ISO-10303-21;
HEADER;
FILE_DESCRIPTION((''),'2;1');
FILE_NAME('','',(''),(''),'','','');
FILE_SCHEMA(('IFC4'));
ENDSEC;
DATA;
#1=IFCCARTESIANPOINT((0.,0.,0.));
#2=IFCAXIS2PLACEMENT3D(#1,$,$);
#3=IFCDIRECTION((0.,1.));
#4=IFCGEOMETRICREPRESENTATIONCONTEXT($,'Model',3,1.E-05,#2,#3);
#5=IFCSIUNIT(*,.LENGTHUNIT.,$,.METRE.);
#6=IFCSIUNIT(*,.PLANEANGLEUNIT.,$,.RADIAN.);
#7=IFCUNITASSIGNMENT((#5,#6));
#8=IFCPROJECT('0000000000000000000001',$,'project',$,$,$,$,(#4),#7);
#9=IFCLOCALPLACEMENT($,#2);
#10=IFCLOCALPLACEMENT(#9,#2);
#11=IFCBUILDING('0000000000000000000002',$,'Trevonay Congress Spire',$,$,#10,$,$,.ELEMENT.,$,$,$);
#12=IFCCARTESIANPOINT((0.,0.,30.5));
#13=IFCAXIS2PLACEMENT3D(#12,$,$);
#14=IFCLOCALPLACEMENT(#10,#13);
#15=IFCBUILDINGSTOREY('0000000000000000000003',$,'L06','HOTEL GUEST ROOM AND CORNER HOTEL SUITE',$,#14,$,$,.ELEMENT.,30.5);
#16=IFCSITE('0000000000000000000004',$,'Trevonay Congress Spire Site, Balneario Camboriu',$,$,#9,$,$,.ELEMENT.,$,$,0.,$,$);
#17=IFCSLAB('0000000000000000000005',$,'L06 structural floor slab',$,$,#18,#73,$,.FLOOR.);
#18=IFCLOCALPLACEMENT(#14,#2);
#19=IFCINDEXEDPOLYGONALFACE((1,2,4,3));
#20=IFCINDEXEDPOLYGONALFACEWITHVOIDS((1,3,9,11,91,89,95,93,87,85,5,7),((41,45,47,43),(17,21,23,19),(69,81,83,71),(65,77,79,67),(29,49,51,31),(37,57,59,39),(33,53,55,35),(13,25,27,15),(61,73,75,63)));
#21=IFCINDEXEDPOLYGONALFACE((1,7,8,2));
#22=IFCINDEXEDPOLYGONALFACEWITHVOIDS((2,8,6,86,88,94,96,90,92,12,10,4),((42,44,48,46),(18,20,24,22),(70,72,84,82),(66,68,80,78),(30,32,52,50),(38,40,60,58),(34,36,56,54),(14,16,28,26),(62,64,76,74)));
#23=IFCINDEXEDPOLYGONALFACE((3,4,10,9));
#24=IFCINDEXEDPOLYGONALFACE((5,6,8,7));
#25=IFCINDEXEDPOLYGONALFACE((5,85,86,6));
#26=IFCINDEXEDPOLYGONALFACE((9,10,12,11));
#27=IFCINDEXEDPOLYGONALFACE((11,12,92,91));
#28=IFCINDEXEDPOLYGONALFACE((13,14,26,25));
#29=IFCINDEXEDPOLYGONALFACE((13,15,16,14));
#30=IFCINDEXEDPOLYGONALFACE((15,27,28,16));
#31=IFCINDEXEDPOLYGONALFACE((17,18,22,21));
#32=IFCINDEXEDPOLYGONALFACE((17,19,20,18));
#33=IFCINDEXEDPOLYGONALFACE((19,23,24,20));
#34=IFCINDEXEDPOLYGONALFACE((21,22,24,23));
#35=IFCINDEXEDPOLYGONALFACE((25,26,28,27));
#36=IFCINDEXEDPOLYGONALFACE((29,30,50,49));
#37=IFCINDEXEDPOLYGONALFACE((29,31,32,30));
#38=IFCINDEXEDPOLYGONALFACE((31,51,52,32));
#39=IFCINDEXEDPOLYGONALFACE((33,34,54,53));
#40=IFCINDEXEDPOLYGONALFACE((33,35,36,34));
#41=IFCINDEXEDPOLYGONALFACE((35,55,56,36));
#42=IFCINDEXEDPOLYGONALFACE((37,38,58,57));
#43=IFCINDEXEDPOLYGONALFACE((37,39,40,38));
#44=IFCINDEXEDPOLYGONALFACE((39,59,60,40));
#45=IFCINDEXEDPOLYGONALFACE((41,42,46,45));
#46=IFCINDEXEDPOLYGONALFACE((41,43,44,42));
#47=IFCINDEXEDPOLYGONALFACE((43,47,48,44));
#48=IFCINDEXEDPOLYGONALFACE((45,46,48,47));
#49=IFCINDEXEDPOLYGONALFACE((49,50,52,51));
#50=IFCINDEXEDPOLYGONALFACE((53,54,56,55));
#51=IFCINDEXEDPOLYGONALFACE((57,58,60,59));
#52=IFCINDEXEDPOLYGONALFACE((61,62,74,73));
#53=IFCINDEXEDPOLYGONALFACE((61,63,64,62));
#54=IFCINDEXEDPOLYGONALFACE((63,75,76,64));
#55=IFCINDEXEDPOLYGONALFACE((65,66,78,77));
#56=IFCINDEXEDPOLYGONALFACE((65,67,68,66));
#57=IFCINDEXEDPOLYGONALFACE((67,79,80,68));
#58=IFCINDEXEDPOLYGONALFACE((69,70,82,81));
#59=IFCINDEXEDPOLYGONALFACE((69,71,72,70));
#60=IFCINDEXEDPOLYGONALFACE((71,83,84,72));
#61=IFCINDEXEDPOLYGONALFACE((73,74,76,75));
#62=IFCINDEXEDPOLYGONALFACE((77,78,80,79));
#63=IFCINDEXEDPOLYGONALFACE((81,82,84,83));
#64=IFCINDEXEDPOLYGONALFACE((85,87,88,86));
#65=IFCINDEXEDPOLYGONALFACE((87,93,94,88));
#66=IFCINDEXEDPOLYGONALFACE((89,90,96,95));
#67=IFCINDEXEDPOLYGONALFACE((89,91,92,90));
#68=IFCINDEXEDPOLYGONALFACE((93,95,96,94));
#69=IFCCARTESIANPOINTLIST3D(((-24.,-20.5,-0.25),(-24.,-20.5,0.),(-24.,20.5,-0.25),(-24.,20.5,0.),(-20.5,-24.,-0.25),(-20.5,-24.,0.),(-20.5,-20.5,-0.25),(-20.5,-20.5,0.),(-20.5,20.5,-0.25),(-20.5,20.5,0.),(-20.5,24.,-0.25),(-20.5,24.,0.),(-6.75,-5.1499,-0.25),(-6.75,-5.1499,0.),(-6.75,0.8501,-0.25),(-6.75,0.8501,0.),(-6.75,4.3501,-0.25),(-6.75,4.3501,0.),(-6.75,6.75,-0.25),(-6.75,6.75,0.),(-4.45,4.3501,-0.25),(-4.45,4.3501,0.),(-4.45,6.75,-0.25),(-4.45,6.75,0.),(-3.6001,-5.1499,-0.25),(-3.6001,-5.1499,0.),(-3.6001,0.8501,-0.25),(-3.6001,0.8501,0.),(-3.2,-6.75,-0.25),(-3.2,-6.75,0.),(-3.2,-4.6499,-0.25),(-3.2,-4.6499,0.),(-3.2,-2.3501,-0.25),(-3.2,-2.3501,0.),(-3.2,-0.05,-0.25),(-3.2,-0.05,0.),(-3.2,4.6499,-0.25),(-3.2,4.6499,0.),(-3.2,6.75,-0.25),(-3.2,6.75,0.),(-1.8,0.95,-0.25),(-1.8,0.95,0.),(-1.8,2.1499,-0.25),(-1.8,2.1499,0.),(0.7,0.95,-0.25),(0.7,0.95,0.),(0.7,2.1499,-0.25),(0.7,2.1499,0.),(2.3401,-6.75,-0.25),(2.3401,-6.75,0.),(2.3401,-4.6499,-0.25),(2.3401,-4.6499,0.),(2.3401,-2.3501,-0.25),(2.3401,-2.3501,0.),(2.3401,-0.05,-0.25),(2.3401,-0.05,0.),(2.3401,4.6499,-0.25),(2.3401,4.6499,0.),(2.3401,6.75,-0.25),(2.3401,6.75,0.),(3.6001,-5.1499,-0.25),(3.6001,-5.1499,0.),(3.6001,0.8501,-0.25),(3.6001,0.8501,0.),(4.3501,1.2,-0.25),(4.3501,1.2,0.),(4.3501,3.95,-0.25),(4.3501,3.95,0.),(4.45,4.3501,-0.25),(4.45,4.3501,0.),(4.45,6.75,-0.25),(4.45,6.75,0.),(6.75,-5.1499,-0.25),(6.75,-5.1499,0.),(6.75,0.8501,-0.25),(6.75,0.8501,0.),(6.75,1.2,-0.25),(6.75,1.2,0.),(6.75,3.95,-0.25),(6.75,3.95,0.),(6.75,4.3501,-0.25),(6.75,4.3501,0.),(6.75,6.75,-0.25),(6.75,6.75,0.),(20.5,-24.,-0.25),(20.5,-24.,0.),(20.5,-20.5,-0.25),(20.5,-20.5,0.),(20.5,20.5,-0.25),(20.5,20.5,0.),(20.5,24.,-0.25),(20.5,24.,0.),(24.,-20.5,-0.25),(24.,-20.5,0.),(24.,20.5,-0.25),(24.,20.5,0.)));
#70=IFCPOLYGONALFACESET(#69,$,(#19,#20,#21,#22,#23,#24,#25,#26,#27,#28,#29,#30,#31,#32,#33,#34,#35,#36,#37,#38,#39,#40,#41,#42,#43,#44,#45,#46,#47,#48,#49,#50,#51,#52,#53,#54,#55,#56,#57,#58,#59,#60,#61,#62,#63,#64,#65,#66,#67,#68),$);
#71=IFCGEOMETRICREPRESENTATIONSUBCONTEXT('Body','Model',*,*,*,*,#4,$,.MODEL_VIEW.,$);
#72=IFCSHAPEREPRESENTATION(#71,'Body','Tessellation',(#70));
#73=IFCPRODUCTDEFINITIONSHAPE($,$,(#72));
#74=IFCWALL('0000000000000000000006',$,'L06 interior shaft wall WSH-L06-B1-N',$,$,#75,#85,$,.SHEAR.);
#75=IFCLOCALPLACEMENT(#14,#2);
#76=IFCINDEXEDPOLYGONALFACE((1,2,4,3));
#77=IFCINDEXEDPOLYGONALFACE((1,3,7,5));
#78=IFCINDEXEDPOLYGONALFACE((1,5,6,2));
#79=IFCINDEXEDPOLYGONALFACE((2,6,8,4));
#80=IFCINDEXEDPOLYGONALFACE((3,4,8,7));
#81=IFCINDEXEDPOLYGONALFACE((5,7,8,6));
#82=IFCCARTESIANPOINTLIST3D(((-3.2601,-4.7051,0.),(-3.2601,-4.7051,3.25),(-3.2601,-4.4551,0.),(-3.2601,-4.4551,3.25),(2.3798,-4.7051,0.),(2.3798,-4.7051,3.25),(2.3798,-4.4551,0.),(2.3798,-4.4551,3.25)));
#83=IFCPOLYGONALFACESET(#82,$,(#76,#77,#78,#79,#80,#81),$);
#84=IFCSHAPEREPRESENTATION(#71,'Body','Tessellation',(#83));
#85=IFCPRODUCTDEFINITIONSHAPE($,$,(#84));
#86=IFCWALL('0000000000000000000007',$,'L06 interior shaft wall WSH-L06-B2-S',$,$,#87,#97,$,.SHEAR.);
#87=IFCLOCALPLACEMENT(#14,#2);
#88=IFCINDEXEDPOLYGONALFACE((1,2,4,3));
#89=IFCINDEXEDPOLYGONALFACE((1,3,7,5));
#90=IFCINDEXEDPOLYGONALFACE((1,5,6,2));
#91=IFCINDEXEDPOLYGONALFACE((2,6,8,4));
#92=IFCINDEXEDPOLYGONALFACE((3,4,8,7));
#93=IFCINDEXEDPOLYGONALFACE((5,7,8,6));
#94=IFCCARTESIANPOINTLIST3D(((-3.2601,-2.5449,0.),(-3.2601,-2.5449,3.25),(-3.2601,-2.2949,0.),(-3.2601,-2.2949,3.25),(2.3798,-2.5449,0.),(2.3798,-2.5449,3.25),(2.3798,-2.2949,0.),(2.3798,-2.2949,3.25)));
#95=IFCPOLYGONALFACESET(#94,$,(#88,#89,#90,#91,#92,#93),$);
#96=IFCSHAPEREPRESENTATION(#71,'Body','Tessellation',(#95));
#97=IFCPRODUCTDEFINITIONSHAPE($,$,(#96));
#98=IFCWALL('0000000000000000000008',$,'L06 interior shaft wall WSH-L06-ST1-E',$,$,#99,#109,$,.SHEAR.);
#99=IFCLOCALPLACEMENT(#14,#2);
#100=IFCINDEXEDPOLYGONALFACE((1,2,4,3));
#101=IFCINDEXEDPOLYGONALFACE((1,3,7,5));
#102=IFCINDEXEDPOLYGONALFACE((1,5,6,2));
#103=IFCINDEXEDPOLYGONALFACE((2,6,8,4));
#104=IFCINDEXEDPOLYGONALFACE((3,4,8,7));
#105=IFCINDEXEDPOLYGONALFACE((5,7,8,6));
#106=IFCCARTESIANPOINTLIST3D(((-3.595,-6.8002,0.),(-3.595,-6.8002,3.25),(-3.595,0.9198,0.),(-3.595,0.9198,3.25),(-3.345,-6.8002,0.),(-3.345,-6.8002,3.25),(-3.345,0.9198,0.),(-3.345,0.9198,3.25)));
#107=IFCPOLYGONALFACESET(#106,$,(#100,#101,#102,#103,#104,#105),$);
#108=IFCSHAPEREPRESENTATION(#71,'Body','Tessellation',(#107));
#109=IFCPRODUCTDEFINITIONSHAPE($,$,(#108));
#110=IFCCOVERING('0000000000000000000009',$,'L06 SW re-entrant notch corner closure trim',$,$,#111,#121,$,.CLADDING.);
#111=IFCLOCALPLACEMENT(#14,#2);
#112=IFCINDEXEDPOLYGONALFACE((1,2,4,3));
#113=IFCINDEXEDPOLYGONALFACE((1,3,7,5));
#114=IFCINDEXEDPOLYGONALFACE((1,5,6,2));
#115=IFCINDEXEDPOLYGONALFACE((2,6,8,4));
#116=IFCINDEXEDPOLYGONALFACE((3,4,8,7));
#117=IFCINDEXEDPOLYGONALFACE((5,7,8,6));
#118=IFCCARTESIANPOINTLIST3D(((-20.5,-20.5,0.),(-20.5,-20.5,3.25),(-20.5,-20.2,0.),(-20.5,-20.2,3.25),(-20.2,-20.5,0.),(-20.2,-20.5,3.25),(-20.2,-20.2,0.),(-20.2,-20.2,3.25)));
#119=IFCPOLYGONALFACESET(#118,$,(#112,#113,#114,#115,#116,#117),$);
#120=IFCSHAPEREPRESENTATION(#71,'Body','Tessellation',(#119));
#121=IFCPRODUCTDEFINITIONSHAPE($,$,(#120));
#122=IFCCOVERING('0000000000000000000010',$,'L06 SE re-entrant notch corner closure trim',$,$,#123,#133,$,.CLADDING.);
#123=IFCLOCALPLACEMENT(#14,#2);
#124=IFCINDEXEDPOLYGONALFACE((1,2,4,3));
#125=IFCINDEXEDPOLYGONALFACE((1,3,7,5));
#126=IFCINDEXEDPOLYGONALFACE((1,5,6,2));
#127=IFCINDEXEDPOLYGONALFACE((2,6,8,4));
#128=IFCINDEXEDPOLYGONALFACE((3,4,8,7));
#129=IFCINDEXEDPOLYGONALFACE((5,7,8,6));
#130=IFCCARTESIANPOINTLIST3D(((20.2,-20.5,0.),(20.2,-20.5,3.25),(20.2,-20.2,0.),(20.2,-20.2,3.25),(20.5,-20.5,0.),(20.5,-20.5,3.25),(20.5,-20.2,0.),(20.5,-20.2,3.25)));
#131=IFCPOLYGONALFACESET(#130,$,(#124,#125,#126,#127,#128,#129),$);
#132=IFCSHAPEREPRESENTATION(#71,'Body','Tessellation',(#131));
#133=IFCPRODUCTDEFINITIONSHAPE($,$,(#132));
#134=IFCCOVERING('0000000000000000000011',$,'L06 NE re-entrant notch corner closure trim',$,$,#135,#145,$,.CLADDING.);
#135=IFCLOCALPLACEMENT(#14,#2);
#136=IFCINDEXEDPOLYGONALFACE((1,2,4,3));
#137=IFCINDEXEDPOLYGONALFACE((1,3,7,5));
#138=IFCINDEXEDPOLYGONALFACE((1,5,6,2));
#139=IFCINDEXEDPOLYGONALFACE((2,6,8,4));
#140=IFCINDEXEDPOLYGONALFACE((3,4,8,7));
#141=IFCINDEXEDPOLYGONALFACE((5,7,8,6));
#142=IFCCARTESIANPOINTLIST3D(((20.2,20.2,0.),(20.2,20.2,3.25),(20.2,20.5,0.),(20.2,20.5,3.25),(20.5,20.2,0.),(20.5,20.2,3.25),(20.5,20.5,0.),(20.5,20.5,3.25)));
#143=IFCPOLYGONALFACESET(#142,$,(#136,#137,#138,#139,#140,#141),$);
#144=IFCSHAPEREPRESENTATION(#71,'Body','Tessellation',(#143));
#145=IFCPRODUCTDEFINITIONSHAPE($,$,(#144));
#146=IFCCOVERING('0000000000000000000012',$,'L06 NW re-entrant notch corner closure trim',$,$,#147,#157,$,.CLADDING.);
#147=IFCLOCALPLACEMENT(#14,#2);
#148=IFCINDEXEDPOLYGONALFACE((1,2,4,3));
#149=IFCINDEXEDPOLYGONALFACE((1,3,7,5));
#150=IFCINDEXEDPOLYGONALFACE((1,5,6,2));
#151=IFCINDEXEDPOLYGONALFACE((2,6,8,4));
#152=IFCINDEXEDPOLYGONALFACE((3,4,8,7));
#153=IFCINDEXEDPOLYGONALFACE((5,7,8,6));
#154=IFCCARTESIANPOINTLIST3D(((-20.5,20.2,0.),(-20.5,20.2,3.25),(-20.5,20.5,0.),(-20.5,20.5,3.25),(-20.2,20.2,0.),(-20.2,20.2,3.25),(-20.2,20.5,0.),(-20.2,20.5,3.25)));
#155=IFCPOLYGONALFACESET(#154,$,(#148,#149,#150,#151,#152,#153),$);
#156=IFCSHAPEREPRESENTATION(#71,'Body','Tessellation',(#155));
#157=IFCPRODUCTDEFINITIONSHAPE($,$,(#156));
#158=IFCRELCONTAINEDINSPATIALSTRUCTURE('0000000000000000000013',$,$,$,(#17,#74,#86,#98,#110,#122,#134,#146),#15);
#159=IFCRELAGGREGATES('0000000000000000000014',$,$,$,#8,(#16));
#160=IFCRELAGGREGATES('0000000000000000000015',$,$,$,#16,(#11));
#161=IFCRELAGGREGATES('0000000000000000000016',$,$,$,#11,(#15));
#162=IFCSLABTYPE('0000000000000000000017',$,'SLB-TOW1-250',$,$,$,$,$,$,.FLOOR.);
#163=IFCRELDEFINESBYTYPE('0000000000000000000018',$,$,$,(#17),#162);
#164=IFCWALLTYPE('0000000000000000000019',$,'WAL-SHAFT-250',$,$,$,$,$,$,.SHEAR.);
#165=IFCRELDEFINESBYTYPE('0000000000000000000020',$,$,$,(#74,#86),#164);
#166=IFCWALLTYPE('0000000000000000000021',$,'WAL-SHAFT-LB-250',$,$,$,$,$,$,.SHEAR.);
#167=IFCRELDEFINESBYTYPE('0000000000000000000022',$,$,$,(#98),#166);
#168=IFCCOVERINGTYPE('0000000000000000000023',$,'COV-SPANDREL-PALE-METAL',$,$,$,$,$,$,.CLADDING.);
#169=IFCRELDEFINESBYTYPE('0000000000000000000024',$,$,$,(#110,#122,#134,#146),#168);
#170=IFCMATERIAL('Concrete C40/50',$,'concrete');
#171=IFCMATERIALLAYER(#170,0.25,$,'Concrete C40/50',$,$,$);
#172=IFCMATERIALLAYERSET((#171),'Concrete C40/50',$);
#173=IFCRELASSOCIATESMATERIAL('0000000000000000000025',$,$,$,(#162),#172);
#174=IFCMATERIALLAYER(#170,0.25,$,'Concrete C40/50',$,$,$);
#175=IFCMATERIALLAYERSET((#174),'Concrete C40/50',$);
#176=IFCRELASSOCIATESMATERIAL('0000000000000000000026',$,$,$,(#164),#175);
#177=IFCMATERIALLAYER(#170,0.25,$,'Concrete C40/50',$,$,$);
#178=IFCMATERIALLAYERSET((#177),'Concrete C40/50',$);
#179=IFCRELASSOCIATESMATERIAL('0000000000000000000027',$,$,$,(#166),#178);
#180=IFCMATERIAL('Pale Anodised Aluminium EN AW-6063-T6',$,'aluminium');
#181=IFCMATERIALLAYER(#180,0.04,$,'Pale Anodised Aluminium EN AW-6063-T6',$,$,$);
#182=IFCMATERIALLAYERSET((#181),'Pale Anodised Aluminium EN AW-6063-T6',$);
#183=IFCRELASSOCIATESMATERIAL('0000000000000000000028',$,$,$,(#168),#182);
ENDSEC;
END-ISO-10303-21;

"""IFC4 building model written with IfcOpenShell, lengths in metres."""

from ifc_helpers import new_model, si_unit, direction, frame, frame_2d, origin, place, context, subcontext, project, spatial, polyline, rectangle, outline, extrude, material, layer, layer_set, type_object, element, save


model = new_model("IFC4")

# Units and contexts
model_context = context("Model", 3, precision=1e-05, world=origin(), true_north=direction((0.0, 1.0)))
body_context = subcontext(model_context, "Body", "Model", "MODEL_VIEW")
ifc_project = project(units=[si_unit("LENGTHUNIT", "METRE"), si_unit("PLANEANGLEUNIT", "RADIAN")], contexts=[model_context])

# Site, building, storey
site_placement = place(None, origin())
site = spatial("IfcSite", under=ifc_project, at=site_placement, Name="Trevonay Congress Spire Site, Balneario Camboriu", CompositionType="ELEMENT", RefElevation=0.0)
building_placement = place(site_placement, origin())
building = spatial("IfcBuilding", under=site, at=building_placement, Name="Trevonay Congress Spire", CompositionType="ELEMENT")
storey_placement = place(building_placement, frame((0.0, 0.0, 30.5)))
storey = spatial("IfcBuildingStorey", under=building, at=storey_placement, Name="L06", Description="HOTEL GUEST ROOM AND CORNER HOTEL SUITE", CompositionType="ELEMENT", Elevation=30.5)

# Shared definitions
ifc_material_1 = material(Name="Concrete C40/50", Category="concrete")

# Slab
ifc_layer_1 = layer(ifc_material_1, 0.25, Name="Concrete C40/50")
ifc_layer_set_1 = layer_set([ifc_layer_1], Name="Concrete C40/50")
slab_type_1 = type_object("IfcSlabType", Name="SLB-TOW1-250", PredefinedType="FLOOR", material=ifc_layer_set_1)
slab_1_placement = place(storey_placement, frame((0.0, 0.0, -0.25)))
element("IfcSlab", 1, at=slab_1_placement, inside=storey, type_object=slab_type_1, Name="L06 structural floor slab", PredefinedType="FLOOR", context=body_context, shape_type="SweptSolid", body=[
    extrude(outline(polyline([(-20.5, -24.0), (20.5, -24.0), (20.5, -20.5), (24.0, -20.5), (24.0, 20.5), (20.5, 20.5), (20.5, 24.0), (-20.5, 24.0), (-20.5, 20.5), (-24.0, 20.5), (-24.0, -20.5), (-20.5, -20.5), (-20.5, -24.0)]), holes=[polyline([(-3.6001, -5.1499), (-3.6001, 0.8501), (-6.75, 0.8501), (-6.75, -5.1499), (-3.6001, -5.1499)]), polyline([(6.75, -5.1499), (6.75, 0.8501), (3.6001, 0.8501), (3.6001, -5.1499), (6.75, -5.1499)]), polyline([(-3.2, -6.75), (2.3401, -6.75), (2.3401, -4.6499), (-3.2, -4.6499), (-3.2, -6.75)]), polyline([(-3.2, -2.3501), (2.3401, -2.3501), (2.3401, -0.05), (-3.2, -0.05), (-3.2, -2.3501)]), polyline([(-3.2, 4.6499), (2.3401, 4.6499), (2.3401, 6.75), (-3.2, 6.75), (-3.2, 4.6499)]), polyline([(-6.75, 4.3501), (-4.45, 4.3501), (-4.45, 6.75), (-6.75, 6.75), (-6.75, 4.3501)]), polyline([(4.45, 4.3501), (6.75, 4.3501), (6.75, 6.75), (4.45, 6.75), (4.45, 4.3501)]), polyline([(4.3501, 1.2), (6.75, 1.2), (6.75, 3.95), (4.3501, 3.95), (4.3501, 1.2)]), polyline([(-1.8, 0.95), (0.7, 0.95), (0.7, 2.1499), (-1.8, 2.1499), (-1.8, 0.95)])]), origin(), (0.0, 0.0, 1.0), 0.25),
])

# Walls
ifc_layer_2 = layer(ifc_material_1, 0.25, Name="Concrete C40/50")
ifc_layer_set_2 = layer_set([ifc_layer_2], Name="Concrete C40/50")
wall_type_1 = type_object("IfcWallType", Name="WAL-SHAFT-250", PredefinedType="SHEAR", material=ifc_layer_set_2)
for number, where, z_axis, x_axis, name in (
    (2, (-3.26, -4.5801, 0.0), (0.0, 0.0, 1.0), (1.0, 0.0, 0.0), "L06 interior shaft wall WSH-L06-B1-N"),
    (3, (-3.26, -2.4199, 0.0), (0.0, 0.0, 1.0), (1.0, 0.0, 0.0), "L06 interior shaft wall WSH-L06-B2-S"),
):
    element("IfcWall", number, at=place(storey_placement, frame(where, z_axis=z_axis, x_axis=x_axis)), inside=storey, type_object=wall_type_1, Name=name, PredefinedType="SHEAR", context=body_context, shape_type="SweptSolid", body=[
        extrude(rectangle(XDim=5.6399, YDim=0.25, at=frame_2d((2.8198, 0.0))), origin(), (0.0, 0.0, 1.0), 3.25),
    ])
ifc_layer_3 = layer(ifc_material_1, 0.25, Name="Concrete C40/50")
ifc_layer_set_3 = layer_set([ifc_layer_3], Name="Concrete C40/50")
wall_type_2 = type_object("IfcWallType", Name="WAL-SHAFT-LB-250", PredefinedType="SHEAR", material=ifc_layer_set_3)
wall_placement = place(storey_placement, frame((-3.47, -6.8, 0.0), z_axis=(0.0, 0.0, 1.0), x_axis=(0.0, 1.0, 0.0)))
element("IfcWall", 4, at=wall_placement, inside=storey, type_object=wall_type_2, Name="L06 interior shaft wall WSH-L06-ST1-E", PredefinedType="SHEAR", context=body_context, shape_type="SweptSolid", body=[
    extrude(rectangle(XDim=7.72, YDim=0.25, at=frame_2d((3.8599, 0.0))), origin(), (0.0, 0.0, 1.0), 3.25),
])

# Coverings
ifc_material_2 = material(Name="Pale Anodised Aluminium EN AW-6063-T6", Category="aluminium")
ifc_layer_4 = layer(ifc_material_2, 0.04, Name="Pale Anodised Aluminium EN AW-6063-T6")
ifc_layer_set_4 = layer_set([ifc_layer_4], Name="Pale Anodised Aluminium EN AW-6063-T6")
covering_type = type_object("IfcCoveringType", Name="COV-SPANDREL-PALE-METAL", PredefinedType="CLADDING", material=ifc_layer_set_4)
covering_1_placement = place(storey_placement, origin())
element("IfcCovering", 5, at=covering_1_placement, inside=storey, type_object=covering_type, Name="L06 SW re-entrant notch corner closure trim", PredefinedType="CLADDING", context=body_context, shape_type="SweptSolid", body=[
    extrude(outline(polyline([(-20.5, -20.5), (-20.2, -20.5), (-20.2, -20.2), (-20.5, -20.2), (-20.5, -20.5)])), origin(), (0.0, 0.0, 1.0), 3.25),
])
covering_2_placement = place(storey_placement, origin())
element("IfcCovering", 6, at=covering_2_placement, inside=storey, type_object=covering_type, Name="L06 SE re-entrant notch corner closure trim", PredefinedType="CLADDING", context=body_context, shape_type="SweptSolid", body=[
    extrude(outline(polyline([(20.2, -20.5), (20.5, -20.5), (20.5, -20.2), (20.2, -20.2), (20.2, -20.5)])), origin(), (0.0, 0.0, 1.0), 3.25),
])
covering_3_placement = place(storey_placement, origin())
element("IfcCovering", 7, at=covering_3_placement, inside=storey, type_object=covering_type, Name="L06 NE re-entrant notch corner closure trim", PredefinedType="CLADDING", context=body_context, shape_type="SweptSolid", body=[
    extrude(outline(polyline([(20.2, 20.2), (20.5, 20.2), (20.5, 20.5), (20.2, 20.5), (20.2, 20.2)])), origin(), (0.0, 0.0, 1.0), 3.25),
])
covering_4_placement = place(storey_placement, origin())
element("IfcCovering", 8, at=covering_4_placement, inside=storey, type_object=covering_type, Name="L06 NW re-entrant notch corner closure trim", PredefinedType="CLADDING", context=body_context, shape_type="SweptSolid", body=[
    extrude(outline(polyline([(-20.5, 20.2), (-20.2, 20.2), (-20.2, 20.5), (-20.5, 20.5), (-20.5, 20.2)])), origin(), (0.0, 0.0, 1.0), 3.25),
])

save(model, "model.ifc")
